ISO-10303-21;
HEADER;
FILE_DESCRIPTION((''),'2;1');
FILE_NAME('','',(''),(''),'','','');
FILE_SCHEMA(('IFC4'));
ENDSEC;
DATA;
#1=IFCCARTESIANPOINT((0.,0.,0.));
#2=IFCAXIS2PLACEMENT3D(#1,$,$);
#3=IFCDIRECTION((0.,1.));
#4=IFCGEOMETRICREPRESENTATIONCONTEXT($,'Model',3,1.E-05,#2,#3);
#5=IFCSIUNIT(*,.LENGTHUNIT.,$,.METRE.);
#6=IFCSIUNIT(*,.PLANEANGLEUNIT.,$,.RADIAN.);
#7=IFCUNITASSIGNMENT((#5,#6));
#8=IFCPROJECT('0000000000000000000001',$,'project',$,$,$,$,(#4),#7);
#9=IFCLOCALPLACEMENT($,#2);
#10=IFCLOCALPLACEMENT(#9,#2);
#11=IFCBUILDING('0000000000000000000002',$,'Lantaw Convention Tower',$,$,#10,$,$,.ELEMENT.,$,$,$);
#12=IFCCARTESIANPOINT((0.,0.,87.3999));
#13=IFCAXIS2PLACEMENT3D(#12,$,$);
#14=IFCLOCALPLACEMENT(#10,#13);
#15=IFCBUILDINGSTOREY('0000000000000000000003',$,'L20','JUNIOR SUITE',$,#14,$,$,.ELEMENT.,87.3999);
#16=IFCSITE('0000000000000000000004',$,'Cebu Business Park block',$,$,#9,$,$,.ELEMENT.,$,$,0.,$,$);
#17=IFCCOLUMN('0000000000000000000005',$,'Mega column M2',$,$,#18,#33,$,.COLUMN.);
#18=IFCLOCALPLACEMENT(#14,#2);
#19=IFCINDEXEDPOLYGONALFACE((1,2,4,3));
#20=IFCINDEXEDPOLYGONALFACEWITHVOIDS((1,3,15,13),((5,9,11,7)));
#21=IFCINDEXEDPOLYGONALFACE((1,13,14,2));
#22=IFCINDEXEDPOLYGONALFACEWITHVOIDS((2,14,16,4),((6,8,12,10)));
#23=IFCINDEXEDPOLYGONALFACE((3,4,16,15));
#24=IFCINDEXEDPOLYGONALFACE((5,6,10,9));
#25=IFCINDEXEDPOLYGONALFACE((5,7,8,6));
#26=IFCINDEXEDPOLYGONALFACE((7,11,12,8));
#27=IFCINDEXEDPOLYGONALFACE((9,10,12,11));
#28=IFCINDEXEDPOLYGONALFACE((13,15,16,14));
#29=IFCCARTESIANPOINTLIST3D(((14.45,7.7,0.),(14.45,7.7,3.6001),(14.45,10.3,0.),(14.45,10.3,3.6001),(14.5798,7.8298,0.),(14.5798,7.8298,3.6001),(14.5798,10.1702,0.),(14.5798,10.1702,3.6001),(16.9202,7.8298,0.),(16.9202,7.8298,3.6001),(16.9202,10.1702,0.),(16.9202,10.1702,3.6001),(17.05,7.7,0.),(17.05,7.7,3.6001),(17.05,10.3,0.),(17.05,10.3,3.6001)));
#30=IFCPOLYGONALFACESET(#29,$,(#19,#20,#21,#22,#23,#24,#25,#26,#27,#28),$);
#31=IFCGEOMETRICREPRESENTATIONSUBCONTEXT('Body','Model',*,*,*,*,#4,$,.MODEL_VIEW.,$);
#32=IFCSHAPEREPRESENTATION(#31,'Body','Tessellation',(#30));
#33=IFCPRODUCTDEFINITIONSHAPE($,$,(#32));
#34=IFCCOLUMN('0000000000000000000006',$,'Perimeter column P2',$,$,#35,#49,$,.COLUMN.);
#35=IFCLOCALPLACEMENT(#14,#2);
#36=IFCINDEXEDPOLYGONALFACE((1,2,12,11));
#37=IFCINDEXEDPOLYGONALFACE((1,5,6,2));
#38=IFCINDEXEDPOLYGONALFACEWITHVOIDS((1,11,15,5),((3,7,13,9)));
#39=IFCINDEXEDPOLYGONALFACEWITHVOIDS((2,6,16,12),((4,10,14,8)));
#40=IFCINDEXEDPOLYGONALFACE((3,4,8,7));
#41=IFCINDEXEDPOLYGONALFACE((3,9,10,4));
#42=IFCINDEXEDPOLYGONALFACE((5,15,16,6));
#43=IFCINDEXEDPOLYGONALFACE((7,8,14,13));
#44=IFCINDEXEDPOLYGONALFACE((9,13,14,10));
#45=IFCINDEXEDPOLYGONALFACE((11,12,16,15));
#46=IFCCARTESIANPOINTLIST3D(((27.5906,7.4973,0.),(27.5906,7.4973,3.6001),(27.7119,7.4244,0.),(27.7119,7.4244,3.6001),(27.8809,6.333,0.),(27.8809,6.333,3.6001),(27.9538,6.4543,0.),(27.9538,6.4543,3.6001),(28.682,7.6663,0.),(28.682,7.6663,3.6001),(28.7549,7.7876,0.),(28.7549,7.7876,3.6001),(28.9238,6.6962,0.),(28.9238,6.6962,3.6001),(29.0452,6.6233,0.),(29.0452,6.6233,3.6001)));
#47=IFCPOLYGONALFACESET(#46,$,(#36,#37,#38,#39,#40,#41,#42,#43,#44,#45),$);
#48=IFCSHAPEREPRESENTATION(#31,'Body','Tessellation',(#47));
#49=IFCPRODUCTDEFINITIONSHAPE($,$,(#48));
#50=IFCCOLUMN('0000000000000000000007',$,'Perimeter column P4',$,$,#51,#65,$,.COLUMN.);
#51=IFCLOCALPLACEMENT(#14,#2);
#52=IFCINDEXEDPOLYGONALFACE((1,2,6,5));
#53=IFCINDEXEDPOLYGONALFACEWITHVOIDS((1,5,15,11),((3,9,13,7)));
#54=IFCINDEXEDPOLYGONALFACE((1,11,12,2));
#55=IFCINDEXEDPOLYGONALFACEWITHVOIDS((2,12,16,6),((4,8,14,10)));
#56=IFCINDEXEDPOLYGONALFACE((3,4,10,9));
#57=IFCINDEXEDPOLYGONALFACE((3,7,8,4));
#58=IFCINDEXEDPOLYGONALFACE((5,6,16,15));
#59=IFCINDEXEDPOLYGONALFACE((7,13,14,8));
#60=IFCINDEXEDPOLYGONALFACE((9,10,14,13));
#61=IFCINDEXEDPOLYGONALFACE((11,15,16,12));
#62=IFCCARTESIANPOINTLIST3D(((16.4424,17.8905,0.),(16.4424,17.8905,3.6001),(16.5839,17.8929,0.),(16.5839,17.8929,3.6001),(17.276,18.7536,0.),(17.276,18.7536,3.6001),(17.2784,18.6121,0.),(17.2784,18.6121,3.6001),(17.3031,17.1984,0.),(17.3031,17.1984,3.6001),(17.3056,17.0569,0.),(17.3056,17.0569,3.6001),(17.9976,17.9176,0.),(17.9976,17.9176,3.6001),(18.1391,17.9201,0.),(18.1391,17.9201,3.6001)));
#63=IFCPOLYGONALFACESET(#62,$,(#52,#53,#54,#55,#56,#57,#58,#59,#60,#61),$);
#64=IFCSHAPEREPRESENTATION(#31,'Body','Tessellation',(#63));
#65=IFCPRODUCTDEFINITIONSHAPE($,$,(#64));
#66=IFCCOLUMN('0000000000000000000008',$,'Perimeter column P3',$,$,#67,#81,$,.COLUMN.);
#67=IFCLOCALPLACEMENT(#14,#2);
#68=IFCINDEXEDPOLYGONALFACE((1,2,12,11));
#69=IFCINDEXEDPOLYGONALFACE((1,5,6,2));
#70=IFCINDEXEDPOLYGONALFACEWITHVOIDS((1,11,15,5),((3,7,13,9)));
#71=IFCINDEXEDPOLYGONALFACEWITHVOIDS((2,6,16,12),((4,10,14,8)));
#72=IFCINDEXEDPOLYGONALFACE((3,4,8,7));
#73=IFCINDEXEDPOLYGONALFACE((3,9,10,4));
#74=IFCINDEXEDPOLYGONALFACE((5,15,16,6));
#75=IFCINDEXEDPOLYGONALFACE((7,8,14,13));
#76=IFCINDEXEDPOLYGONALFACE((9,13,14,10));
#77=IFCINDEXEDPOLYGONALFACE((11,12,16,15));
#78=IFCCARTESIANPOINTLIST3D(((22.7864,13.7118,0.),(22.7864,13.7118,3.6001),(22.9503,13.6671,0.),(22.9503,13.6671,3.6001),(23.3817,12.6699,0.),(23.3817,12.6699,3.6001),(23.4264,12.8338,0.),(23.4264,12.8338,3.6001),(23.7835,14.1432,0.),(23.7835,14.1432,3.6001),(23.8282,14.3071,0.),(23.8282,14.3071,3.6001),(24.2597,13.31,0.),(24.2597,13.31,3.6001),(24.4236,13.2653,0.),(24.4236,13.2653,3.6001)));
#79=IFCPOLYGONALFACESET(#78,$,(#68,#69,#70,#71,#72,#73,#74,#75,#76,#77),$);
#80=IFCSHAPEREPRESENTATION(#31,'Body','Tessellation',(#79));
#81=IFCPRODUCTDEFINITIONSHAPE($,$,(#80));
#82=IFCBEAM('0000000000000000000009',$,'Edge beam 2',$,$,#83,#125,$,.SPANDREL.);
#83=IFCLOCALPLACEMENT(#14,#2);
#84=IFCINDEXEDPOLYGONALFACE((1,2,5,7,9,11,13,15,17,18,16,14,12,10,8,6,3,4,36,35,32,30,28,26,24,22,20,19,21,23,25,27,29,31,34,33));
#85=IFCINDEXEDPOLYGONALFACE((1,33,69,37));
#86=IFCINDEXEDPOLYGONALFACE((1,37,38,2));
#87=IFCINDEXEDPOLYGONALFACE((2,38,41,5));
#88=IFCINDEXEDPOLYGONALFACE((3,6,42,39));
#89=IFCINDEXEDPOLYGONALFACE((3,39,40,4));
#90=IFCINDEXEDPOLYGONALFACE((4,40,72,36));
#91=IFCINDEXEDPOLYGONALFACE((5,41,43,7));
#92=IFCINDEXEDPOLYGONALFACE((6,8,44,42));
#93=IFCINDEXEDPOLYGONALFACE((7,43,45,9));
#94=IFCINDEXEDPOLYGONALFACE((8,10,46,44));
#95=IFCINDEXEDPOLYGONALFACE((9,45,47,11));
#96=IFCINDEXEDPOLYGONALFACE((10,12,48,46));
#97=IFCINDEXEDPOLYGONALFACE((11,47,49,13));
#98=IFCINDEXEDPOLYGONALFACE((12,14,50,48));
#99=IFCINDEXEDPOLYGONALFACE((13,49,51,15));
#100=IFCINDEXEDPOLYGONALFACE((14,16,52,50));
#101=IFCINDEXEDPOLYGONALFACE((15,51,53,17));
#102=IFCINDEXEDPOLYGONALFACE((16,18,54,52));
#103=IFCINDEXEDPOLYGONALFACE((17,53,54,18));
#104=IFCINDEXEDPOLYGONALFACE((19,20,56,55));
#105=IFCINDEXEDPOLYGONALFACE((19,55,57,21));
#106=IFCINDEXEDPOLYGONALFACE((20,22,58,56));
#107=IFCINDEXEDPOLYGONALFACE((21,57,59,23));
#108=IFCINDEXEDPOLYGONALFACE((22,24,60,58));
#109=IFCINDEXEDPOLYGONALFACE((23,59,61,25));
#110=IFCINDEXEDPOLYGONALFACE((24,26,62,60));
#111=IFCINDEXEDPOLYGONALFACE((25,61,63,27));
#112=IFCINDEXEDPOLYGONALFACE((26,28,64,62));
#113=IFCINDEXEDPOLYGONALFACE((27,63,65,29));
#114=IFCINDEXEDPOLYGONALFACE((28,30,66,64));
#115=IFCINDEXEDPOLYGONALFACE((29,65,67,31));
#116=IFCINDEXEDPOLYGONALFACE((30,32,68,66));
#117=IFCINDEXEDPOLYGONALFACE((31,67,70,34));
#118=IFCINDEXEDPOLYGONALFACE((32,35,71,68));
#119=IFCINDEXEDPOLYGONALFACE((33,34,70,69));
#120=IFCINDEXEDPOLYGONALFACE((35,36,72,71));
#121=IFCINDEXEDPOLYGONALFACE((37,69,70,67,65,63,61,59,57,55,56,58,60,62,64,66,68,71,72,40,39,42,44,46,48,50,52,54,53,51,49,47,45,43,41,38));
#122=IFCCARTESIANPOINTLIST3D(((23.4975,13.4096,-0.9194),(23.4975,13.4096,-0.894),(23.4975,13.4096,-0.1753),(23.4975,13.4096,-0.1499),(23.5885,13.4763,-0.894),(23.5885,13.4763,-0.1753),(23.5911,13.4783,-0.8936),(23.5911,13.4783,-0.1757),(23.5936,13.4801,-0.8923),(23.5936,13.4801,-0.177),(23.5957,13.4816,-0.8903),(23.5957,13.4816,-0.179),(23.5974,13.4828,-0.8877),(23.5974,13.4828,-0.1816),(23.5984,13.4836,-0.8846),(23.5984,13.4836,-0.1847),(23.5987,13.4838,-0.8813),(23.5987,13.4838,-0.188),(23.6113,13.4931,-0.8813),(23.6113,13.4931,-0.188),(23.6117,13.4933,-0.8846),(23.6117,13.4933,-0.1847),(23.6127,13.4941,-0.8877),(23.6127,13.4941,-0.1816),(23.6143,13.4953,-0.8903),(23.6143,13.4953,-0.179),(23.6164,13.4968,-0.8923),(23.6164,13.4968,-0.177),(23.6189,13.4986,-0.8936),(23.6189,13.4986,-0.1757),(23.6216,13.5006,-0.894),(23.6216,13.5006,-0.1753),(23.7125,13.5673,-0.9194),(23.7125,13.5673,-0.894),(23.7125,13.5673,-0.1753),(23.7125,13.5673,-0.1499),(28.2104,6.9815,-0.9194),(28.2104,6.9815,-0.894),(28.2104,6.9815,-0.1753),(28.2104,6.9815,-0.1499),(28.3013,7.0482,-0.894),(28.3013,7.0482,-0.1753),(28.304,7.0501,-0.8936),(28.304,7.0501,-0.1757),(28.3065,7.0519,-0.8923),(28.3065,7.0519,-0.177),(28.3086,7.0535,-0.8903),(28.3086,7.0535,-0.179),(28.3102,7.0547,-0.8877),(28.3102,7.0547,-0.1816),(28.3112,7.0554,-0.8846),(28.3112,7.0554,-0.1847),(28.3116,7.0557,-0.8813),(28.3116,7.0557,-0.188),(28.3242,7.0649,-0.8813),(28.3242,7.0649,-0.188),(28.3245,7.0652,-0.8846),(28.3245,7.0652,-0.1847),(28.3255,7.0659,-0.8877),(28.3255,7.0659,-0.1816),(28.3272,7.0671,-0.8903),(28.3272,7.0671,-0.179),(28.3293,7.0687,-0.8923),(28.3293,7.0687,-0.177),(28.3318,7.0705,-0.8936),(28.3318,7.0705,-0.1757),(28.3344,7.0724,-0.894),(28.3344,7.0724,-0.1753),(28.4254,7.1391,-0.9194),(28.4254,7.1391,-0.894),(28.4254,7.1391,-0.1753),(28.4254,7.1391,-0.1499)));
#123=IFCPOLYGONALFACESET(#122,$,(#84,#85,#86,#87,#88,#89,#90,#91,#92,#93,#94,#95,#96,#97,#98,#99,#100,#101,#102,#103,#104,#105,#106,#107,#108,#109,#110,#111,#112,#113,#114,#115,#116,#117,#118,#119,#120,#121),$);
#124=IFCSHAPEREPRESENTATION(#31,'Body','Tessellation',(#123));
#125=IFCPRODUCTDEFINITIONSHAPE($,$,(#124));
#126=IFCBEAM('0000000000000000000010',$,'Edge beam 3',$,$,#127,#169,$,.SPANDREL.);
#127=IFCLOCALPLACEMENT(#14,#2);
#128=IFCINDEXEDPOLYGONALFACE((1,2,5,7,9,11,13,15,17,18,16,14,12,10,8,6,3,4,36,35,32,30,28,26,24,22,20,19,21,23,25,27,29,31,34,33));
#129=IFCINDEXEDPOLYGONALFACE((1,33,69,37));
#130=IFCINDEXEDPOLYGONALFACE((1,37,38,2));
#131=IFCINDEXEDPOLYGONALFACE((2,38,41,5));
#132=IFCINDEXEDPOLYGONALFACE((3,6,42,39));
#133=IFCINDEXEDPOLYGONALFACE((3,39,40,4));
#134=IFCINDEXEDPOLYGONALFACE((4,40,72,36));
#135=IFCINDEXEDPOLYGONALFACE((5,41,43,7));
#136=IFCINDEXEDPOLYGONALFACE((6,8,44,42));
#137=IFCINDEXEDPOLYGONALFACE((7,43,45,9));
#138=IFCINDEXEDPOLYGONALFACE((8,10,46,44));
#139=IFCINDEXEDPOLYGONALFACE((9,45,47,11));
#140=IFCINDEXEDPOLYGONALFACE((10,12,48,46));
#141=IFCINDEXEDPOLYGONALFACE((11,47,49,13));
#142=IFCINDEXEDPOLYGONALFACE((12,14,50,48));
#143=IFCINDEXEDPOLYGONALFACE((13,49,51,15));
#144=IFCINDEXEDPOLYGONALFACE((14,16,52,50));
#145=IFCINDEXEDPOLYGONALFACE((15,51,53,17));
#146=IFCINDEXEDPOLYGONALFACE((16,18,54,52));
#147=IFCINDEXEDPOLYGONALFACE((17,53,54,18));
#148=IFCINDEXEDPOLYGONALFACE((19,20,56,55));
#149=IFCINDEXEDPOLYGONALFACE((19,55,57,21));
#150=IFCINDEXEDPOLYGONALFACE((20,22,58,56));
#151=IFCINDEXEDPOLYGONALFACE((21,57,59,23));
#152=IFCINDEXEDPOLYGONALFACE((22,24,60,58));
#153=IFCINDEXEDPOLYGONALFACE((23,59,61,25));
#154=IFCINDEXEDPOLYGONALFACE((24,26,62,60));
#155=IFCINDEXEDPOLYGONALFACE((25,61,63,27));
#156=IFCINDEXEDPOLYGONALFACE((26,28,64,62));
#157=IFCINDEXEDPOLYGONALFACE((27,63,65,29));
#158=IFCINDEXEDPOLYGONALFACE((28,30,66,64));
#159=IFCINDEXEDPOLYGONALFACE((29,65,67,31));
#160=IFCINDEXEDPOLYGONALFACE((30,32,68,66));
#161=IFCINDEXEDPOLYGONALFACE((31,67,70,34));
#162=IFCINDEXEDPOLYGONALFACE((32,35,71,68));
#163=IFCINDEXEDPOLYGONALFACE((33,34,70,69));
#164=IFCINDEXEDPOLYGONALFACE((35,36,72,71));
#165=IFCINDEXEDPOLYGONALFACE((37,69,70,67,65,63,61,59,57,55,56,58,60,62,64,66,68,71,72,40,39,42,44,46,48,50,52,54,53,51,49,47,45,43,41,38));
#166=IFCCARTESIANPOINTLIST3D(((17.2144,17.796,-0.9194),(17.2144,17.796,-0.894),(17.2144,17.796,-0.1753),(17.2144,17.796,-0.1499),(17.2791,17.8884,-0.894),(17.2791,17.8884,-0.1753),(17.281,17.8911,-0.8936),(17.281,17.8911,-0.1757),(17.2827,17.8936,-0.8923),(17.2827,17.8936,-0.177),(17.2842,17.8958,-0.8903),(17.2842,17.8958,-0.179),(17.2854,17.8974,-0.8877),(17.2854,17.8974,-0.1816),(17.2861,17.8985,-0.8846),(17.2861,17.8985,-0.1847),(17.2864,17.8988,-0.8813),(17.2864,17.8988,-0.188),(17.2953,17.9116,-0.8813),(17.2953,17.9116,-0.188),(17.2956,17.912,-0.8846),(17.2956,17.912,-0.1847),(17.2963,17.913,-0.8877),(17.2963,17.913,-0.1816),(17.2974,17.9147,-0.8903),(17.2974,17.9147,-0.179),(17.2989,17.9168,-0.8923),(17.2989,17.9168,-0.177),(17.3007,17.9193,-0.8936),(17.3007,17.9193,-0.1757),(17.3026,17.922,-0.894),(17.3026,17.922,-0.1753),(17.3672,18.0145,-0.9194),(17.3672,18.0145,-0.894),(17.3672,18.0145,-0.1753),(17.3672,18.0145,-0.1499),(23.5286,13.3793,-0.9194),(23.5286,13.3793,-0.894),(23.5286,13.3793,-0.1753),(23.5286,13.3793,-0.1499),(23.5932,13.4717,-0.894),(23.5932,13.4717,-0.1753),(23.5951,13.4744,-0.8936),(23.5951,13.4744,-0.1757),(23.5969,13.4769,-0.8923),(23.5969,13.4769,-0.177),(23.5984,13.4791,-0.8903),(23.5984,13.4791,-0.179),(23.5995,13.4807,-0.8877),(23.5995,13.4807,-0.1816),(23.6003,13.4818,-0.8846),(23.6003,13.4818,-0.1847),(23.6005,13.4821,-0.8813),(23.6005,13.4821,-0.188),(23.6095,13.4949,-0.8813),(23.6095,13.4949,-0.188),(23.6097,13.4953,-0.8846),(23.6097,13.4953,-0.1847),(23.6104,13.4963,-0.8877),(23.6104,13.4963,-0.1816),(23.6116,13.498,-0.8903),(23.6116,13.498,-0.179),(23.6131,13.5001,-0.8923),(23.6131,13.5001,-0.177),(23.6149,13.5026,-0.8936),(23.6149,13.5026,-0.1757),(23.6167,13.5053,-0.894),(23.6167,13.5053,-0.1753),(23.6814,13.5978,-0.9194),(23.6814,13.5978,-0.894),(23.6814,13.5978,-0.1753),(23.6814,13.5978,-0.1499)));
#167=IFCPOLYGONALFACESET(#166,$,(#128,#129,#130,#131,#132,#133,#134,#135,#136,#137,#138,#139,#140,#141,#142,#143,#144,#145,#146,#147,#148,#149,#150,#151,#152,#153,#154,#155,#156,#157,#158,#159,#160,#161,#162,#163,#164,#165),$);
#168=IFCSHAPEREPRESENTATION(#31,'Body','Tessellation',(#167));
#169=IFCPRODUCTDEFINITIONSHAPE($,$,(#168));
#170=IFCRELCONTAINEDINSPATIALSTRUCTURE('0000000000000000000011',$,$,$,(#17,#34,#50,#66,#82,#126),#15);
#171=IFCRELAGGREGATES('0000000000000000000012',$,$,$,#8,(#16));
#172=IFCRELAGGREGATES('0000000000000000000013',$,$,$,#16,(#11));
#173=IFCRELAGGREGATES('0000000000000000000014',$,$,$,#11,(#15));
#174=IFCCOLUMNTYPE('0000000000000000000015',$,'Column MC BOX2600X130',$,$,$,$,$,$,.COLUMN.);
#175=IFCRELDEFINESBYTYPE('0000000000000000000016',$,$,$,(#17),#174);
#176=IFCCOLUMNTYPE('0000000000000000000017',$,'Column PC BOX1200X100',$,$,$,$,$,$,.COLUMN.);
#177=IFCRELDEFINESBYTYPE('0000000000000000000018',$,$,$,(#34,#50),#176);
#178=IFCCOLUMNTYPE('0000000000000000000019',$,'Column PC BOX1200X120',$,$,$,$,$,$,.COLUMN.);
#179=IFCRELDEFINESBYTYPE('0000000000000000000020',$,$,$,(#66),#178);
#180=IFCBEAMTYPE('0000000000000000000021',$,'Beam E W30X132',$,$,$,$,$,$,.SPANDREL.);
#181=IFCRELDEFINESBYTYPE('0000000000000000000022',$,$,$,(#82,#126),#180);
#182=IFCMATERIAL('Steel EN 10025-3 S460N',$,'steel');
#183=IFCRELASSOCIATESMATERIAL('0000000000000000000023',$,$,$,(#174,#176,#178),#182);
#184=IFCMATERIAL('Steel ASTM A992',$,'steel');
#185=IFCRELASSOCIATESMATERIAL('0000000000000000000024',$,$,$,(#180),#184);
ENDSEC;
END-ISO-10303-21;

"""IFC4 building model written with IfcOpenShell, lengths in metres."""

from ifc_helpers import new_model, si_unit, direction, frame, origin, origin_2d, place, context, subcontext, project, spatial, rectangle, hollow_rectangle, i_section, extrude, material, material_profile, profile_set, type_object, element, save


model = new_model("IFC4")

# Units and contexts
model_context = context("Model", 3, precision=1e-05, world=origin(), true_north=direction((0.0, 1.0)))
body_context = subcontext(model_context, "Body", "Model", "MODEL_VIEW")
ifc_project = project(units=[si_unit("LENGTHUNIT", "METRE"), si_unit("PLANEANGLEUNIT", "RADIAN")], contexts=[model_context])

# Site, building, storey
site_placement = place(None, origin())
site = spatial("IfcSite", under=ifc_project, at=site_placement, Name="Cebu Business Park block", CompositionType="ELEMENT", RefElevation=0.0)
building_placement = place(site_placement, origin())
building = spatial("IfcBuilding", under=site, at=building_placement, Name="Lantaw Convention Tower", CompositionType="ELEMENT")
storey_placement = place(building_placement, frame((0.0, 0.0, 87.3999)))
storey = spatial("IfcBuildingStorey", under=building, at=storey_placement, Name="L20", Description="JUNIOR SUITE", CompositionType="ELEMENT", Elevation=87.3999)

# Columns
ifc_material_1 = material(Name="Steel EN 10025-3 S460N", Category="steel")
ifc_material_profile_1 = material_profile(ifc_material_1, hollow_rectangle(XDim=2.6001, YDim=2.6001, WallThickness=0.1299, at=origin_2d()), Name="BOX2600X130")
ifc_material_2 = material(Name="Concrete C60/75", Category="concrete")
ifc_material_profile_2 = material_profile(ifc_material_2, rectangle(XDim=2.3401, YDim=2.3401, at=origin_2d()), Name="Concrete fill of BOX2600X130")
ifc_profile_set_1 = profile_set([ifc_material_profile_1, ifc_material_profile_2], Name="Steel EN 10025-3 S460N")
column_type_1 = type_object("IfcColumnType", Name="Column MC BOX2600X130", PredefinedType="COLUMN", material=ifc_profile_set_1)
column_1_placement = place(storey_placement, frame((15.75, 9.0, 0.0), z_axis=(0.0, 0.0, 1.0), x_axis=(1.0, 0.0, 0.0)))
element("IfcColumn", 1, at=column_1_placement, inside=storey, type_object=column_type_1, Name="Mega column M2", PredefinedType="COLUMN", context=body_context, shape_type="SweptSolid", body=[
    extrude(hollow_rectangle(XDim=2.6001, YDim=2.6001, WallThickness=0.1299, at=origin_2d()), origin(), (0.0, 0.0, 1.0), 3.6001),
])
ifc_material_profile_3 = material_profile(ifc_material_1, hollow_rectangle(XDim=1.2, YDim=1.2, WallThickness=0.1001, at=origin_2d()), Name="BOX1200X100")
ifc_material_profile_4 = material_profile(ifc_material_2, rectangle(XDim=1.0, YDim=1.0, at=origin_2d()), Name="Concrete fill of BOX1200X100")
ifc_profile_set_2 = profile_set([ifc_material_profile_3, ifc_material_profile_4], Name="Steel EN 10025-3 S460N")
column_type_2 = type_object("IfcColumnType", Name="Column PC BOX1200X100", PredefinedType="COLUMN", material=ifc_profile_set_2)
for number, where, z_axis, x_axis, name in (
    (2, (28.3179, 7.0603, 0.0), (0.0, 0.0, 1.0), (0.970296, 0.241922, 0.0), "Perimeter column P2"),
    (3, (17.2908, 17.9053, 0.0), (0.0, 0.0, 1.0), (0.694658, 0.71934, 0.0), "Perimeter column P4"),
):
    element("IfcColumn", number, at=place(storey_placement, frame(where, z_axis=z_axis, x_axis=x_axis)), inside=storey, type_object=column_type_2, Name=name, PredefinedType="COLUMN", context=body_context, shape_type="SweptSolid", body=[
        extrude(hollow_rectangle(XDim=1.2, YDim=1.2, WallThickness=0.1001, at=origin_2d()), origin(), (0.0, 0.0, 1.0), 3.6001),
    ])
ifc_material_profile_5 = material_profile(ifc_material_1, hollow_rectangle(XDim=1.2, YDim=1.2, WallThickness=0.1201, at=origin_2d()), Name="BOX1200X120")
ifc_material_profile_6 = material_profile(ifc_material_2, rectangle(XDim=0.96, YDim=0.96, at=origin_2d()), Name="Concrete fill of BOX1200X120")
ifc_profile_set_3 = profile_set([ifc_material_profile_5, ifc_material_profile_6], Name="Steel EN 10025-3 S460N")
column_type_3 = type_object("IfcColumnType", Name="Column PC BOX1200X120", PredefinedType="COLUMN", material=ifc_profile_set_3)
column_2_placement = place(storey_placement, frame((23.605, 13.4885, 0.0), z_axis=(0.0, 0.0, 1.0), x_axis=(0.868243, 0.496139, 0.0)))
element("IfcColumn", 4, at=column_2_placement, inside=storey, type_object=column_type_3, Name="Perimeter column P3", PredefinedType="COLUMN", context=body_context, shape_type="SweptSolid", body=[
    extrude(hollow_rectangle(XDim=1.2, YDim=1.2, WallThickness=0.1201, at=origin_2d()), origin(), (0.0, 0.0, 1.0), 3.6001),
])

# Beams
ifc_material_3 = material(Name="Steel ASTM A992", Category="steel")
ifc_material_profile_7 = material_profile(ifc_material_3, i_section(OverallWidth=0.2666, OverallDepth=0.7695, WebThickness=0.0156, FlangeThickness=0.0254, FilletRadius=0.0127, at=origin_2d()), Name="W30X132")
ifc_profile_set_4 = profile_set([ifc_material_profile_7], Name="Steel ASTM A992")
beam_type_1 = type_object("IfcBeamType", Name="Beam E W30X132", PredefinedType="SPANDREL", material=ifc_profile_set_4)
beam_1_placement = place(storey_placement, frame((28.3179, 7.0603, -0.5347), z_axis=(-0.591271, 0.806473, 0.0), x_axis=(-0.806473, -0.591271, 0.0)))
element("IfcBeam", 5, at=beam_1_placement, inside=storey, type_object=beam_type_1, Name="Edge beam 2", PredefinedType="SPANDREL", context=body_context, shape_type="SweptSolid", body=[
    extrude(i_section(OverallWidth=0.2666, OverallDepth=0.7695, WebThickness=0.0156, FlangeThickness=0.0254, FilletRadius=0.0127, at=origin_2d()), origin(), (0.0, 0.0, 1.0), 7.9707),
])
beam_2_placement = place(storey_placement, frame((23.605, 13.4885, -0.5347), z_axis=(-0.819427, 0.573184, 0.0), x_axis=(-0.573184, -0.819427, 0.0)))
element("IfcBeam", 6, at=beam_2_placement, inside=storey, type_object=beam_type_1, Name="Edge beam 3", PredefinedType="SPANDREL", context=body_context, shape_type="SweptSolid", body=[
    extrude(i_section(OverallWidth=0.2666, OverallDepth=0.7695, WebThickness=0.0156, FlangeThickness=0.0254, FilletRadius=0.0127, at=origin_2d()), origin(), (0.0, 0.0, 1.0), 7.7056),
])

save(model, "model.ifc")
